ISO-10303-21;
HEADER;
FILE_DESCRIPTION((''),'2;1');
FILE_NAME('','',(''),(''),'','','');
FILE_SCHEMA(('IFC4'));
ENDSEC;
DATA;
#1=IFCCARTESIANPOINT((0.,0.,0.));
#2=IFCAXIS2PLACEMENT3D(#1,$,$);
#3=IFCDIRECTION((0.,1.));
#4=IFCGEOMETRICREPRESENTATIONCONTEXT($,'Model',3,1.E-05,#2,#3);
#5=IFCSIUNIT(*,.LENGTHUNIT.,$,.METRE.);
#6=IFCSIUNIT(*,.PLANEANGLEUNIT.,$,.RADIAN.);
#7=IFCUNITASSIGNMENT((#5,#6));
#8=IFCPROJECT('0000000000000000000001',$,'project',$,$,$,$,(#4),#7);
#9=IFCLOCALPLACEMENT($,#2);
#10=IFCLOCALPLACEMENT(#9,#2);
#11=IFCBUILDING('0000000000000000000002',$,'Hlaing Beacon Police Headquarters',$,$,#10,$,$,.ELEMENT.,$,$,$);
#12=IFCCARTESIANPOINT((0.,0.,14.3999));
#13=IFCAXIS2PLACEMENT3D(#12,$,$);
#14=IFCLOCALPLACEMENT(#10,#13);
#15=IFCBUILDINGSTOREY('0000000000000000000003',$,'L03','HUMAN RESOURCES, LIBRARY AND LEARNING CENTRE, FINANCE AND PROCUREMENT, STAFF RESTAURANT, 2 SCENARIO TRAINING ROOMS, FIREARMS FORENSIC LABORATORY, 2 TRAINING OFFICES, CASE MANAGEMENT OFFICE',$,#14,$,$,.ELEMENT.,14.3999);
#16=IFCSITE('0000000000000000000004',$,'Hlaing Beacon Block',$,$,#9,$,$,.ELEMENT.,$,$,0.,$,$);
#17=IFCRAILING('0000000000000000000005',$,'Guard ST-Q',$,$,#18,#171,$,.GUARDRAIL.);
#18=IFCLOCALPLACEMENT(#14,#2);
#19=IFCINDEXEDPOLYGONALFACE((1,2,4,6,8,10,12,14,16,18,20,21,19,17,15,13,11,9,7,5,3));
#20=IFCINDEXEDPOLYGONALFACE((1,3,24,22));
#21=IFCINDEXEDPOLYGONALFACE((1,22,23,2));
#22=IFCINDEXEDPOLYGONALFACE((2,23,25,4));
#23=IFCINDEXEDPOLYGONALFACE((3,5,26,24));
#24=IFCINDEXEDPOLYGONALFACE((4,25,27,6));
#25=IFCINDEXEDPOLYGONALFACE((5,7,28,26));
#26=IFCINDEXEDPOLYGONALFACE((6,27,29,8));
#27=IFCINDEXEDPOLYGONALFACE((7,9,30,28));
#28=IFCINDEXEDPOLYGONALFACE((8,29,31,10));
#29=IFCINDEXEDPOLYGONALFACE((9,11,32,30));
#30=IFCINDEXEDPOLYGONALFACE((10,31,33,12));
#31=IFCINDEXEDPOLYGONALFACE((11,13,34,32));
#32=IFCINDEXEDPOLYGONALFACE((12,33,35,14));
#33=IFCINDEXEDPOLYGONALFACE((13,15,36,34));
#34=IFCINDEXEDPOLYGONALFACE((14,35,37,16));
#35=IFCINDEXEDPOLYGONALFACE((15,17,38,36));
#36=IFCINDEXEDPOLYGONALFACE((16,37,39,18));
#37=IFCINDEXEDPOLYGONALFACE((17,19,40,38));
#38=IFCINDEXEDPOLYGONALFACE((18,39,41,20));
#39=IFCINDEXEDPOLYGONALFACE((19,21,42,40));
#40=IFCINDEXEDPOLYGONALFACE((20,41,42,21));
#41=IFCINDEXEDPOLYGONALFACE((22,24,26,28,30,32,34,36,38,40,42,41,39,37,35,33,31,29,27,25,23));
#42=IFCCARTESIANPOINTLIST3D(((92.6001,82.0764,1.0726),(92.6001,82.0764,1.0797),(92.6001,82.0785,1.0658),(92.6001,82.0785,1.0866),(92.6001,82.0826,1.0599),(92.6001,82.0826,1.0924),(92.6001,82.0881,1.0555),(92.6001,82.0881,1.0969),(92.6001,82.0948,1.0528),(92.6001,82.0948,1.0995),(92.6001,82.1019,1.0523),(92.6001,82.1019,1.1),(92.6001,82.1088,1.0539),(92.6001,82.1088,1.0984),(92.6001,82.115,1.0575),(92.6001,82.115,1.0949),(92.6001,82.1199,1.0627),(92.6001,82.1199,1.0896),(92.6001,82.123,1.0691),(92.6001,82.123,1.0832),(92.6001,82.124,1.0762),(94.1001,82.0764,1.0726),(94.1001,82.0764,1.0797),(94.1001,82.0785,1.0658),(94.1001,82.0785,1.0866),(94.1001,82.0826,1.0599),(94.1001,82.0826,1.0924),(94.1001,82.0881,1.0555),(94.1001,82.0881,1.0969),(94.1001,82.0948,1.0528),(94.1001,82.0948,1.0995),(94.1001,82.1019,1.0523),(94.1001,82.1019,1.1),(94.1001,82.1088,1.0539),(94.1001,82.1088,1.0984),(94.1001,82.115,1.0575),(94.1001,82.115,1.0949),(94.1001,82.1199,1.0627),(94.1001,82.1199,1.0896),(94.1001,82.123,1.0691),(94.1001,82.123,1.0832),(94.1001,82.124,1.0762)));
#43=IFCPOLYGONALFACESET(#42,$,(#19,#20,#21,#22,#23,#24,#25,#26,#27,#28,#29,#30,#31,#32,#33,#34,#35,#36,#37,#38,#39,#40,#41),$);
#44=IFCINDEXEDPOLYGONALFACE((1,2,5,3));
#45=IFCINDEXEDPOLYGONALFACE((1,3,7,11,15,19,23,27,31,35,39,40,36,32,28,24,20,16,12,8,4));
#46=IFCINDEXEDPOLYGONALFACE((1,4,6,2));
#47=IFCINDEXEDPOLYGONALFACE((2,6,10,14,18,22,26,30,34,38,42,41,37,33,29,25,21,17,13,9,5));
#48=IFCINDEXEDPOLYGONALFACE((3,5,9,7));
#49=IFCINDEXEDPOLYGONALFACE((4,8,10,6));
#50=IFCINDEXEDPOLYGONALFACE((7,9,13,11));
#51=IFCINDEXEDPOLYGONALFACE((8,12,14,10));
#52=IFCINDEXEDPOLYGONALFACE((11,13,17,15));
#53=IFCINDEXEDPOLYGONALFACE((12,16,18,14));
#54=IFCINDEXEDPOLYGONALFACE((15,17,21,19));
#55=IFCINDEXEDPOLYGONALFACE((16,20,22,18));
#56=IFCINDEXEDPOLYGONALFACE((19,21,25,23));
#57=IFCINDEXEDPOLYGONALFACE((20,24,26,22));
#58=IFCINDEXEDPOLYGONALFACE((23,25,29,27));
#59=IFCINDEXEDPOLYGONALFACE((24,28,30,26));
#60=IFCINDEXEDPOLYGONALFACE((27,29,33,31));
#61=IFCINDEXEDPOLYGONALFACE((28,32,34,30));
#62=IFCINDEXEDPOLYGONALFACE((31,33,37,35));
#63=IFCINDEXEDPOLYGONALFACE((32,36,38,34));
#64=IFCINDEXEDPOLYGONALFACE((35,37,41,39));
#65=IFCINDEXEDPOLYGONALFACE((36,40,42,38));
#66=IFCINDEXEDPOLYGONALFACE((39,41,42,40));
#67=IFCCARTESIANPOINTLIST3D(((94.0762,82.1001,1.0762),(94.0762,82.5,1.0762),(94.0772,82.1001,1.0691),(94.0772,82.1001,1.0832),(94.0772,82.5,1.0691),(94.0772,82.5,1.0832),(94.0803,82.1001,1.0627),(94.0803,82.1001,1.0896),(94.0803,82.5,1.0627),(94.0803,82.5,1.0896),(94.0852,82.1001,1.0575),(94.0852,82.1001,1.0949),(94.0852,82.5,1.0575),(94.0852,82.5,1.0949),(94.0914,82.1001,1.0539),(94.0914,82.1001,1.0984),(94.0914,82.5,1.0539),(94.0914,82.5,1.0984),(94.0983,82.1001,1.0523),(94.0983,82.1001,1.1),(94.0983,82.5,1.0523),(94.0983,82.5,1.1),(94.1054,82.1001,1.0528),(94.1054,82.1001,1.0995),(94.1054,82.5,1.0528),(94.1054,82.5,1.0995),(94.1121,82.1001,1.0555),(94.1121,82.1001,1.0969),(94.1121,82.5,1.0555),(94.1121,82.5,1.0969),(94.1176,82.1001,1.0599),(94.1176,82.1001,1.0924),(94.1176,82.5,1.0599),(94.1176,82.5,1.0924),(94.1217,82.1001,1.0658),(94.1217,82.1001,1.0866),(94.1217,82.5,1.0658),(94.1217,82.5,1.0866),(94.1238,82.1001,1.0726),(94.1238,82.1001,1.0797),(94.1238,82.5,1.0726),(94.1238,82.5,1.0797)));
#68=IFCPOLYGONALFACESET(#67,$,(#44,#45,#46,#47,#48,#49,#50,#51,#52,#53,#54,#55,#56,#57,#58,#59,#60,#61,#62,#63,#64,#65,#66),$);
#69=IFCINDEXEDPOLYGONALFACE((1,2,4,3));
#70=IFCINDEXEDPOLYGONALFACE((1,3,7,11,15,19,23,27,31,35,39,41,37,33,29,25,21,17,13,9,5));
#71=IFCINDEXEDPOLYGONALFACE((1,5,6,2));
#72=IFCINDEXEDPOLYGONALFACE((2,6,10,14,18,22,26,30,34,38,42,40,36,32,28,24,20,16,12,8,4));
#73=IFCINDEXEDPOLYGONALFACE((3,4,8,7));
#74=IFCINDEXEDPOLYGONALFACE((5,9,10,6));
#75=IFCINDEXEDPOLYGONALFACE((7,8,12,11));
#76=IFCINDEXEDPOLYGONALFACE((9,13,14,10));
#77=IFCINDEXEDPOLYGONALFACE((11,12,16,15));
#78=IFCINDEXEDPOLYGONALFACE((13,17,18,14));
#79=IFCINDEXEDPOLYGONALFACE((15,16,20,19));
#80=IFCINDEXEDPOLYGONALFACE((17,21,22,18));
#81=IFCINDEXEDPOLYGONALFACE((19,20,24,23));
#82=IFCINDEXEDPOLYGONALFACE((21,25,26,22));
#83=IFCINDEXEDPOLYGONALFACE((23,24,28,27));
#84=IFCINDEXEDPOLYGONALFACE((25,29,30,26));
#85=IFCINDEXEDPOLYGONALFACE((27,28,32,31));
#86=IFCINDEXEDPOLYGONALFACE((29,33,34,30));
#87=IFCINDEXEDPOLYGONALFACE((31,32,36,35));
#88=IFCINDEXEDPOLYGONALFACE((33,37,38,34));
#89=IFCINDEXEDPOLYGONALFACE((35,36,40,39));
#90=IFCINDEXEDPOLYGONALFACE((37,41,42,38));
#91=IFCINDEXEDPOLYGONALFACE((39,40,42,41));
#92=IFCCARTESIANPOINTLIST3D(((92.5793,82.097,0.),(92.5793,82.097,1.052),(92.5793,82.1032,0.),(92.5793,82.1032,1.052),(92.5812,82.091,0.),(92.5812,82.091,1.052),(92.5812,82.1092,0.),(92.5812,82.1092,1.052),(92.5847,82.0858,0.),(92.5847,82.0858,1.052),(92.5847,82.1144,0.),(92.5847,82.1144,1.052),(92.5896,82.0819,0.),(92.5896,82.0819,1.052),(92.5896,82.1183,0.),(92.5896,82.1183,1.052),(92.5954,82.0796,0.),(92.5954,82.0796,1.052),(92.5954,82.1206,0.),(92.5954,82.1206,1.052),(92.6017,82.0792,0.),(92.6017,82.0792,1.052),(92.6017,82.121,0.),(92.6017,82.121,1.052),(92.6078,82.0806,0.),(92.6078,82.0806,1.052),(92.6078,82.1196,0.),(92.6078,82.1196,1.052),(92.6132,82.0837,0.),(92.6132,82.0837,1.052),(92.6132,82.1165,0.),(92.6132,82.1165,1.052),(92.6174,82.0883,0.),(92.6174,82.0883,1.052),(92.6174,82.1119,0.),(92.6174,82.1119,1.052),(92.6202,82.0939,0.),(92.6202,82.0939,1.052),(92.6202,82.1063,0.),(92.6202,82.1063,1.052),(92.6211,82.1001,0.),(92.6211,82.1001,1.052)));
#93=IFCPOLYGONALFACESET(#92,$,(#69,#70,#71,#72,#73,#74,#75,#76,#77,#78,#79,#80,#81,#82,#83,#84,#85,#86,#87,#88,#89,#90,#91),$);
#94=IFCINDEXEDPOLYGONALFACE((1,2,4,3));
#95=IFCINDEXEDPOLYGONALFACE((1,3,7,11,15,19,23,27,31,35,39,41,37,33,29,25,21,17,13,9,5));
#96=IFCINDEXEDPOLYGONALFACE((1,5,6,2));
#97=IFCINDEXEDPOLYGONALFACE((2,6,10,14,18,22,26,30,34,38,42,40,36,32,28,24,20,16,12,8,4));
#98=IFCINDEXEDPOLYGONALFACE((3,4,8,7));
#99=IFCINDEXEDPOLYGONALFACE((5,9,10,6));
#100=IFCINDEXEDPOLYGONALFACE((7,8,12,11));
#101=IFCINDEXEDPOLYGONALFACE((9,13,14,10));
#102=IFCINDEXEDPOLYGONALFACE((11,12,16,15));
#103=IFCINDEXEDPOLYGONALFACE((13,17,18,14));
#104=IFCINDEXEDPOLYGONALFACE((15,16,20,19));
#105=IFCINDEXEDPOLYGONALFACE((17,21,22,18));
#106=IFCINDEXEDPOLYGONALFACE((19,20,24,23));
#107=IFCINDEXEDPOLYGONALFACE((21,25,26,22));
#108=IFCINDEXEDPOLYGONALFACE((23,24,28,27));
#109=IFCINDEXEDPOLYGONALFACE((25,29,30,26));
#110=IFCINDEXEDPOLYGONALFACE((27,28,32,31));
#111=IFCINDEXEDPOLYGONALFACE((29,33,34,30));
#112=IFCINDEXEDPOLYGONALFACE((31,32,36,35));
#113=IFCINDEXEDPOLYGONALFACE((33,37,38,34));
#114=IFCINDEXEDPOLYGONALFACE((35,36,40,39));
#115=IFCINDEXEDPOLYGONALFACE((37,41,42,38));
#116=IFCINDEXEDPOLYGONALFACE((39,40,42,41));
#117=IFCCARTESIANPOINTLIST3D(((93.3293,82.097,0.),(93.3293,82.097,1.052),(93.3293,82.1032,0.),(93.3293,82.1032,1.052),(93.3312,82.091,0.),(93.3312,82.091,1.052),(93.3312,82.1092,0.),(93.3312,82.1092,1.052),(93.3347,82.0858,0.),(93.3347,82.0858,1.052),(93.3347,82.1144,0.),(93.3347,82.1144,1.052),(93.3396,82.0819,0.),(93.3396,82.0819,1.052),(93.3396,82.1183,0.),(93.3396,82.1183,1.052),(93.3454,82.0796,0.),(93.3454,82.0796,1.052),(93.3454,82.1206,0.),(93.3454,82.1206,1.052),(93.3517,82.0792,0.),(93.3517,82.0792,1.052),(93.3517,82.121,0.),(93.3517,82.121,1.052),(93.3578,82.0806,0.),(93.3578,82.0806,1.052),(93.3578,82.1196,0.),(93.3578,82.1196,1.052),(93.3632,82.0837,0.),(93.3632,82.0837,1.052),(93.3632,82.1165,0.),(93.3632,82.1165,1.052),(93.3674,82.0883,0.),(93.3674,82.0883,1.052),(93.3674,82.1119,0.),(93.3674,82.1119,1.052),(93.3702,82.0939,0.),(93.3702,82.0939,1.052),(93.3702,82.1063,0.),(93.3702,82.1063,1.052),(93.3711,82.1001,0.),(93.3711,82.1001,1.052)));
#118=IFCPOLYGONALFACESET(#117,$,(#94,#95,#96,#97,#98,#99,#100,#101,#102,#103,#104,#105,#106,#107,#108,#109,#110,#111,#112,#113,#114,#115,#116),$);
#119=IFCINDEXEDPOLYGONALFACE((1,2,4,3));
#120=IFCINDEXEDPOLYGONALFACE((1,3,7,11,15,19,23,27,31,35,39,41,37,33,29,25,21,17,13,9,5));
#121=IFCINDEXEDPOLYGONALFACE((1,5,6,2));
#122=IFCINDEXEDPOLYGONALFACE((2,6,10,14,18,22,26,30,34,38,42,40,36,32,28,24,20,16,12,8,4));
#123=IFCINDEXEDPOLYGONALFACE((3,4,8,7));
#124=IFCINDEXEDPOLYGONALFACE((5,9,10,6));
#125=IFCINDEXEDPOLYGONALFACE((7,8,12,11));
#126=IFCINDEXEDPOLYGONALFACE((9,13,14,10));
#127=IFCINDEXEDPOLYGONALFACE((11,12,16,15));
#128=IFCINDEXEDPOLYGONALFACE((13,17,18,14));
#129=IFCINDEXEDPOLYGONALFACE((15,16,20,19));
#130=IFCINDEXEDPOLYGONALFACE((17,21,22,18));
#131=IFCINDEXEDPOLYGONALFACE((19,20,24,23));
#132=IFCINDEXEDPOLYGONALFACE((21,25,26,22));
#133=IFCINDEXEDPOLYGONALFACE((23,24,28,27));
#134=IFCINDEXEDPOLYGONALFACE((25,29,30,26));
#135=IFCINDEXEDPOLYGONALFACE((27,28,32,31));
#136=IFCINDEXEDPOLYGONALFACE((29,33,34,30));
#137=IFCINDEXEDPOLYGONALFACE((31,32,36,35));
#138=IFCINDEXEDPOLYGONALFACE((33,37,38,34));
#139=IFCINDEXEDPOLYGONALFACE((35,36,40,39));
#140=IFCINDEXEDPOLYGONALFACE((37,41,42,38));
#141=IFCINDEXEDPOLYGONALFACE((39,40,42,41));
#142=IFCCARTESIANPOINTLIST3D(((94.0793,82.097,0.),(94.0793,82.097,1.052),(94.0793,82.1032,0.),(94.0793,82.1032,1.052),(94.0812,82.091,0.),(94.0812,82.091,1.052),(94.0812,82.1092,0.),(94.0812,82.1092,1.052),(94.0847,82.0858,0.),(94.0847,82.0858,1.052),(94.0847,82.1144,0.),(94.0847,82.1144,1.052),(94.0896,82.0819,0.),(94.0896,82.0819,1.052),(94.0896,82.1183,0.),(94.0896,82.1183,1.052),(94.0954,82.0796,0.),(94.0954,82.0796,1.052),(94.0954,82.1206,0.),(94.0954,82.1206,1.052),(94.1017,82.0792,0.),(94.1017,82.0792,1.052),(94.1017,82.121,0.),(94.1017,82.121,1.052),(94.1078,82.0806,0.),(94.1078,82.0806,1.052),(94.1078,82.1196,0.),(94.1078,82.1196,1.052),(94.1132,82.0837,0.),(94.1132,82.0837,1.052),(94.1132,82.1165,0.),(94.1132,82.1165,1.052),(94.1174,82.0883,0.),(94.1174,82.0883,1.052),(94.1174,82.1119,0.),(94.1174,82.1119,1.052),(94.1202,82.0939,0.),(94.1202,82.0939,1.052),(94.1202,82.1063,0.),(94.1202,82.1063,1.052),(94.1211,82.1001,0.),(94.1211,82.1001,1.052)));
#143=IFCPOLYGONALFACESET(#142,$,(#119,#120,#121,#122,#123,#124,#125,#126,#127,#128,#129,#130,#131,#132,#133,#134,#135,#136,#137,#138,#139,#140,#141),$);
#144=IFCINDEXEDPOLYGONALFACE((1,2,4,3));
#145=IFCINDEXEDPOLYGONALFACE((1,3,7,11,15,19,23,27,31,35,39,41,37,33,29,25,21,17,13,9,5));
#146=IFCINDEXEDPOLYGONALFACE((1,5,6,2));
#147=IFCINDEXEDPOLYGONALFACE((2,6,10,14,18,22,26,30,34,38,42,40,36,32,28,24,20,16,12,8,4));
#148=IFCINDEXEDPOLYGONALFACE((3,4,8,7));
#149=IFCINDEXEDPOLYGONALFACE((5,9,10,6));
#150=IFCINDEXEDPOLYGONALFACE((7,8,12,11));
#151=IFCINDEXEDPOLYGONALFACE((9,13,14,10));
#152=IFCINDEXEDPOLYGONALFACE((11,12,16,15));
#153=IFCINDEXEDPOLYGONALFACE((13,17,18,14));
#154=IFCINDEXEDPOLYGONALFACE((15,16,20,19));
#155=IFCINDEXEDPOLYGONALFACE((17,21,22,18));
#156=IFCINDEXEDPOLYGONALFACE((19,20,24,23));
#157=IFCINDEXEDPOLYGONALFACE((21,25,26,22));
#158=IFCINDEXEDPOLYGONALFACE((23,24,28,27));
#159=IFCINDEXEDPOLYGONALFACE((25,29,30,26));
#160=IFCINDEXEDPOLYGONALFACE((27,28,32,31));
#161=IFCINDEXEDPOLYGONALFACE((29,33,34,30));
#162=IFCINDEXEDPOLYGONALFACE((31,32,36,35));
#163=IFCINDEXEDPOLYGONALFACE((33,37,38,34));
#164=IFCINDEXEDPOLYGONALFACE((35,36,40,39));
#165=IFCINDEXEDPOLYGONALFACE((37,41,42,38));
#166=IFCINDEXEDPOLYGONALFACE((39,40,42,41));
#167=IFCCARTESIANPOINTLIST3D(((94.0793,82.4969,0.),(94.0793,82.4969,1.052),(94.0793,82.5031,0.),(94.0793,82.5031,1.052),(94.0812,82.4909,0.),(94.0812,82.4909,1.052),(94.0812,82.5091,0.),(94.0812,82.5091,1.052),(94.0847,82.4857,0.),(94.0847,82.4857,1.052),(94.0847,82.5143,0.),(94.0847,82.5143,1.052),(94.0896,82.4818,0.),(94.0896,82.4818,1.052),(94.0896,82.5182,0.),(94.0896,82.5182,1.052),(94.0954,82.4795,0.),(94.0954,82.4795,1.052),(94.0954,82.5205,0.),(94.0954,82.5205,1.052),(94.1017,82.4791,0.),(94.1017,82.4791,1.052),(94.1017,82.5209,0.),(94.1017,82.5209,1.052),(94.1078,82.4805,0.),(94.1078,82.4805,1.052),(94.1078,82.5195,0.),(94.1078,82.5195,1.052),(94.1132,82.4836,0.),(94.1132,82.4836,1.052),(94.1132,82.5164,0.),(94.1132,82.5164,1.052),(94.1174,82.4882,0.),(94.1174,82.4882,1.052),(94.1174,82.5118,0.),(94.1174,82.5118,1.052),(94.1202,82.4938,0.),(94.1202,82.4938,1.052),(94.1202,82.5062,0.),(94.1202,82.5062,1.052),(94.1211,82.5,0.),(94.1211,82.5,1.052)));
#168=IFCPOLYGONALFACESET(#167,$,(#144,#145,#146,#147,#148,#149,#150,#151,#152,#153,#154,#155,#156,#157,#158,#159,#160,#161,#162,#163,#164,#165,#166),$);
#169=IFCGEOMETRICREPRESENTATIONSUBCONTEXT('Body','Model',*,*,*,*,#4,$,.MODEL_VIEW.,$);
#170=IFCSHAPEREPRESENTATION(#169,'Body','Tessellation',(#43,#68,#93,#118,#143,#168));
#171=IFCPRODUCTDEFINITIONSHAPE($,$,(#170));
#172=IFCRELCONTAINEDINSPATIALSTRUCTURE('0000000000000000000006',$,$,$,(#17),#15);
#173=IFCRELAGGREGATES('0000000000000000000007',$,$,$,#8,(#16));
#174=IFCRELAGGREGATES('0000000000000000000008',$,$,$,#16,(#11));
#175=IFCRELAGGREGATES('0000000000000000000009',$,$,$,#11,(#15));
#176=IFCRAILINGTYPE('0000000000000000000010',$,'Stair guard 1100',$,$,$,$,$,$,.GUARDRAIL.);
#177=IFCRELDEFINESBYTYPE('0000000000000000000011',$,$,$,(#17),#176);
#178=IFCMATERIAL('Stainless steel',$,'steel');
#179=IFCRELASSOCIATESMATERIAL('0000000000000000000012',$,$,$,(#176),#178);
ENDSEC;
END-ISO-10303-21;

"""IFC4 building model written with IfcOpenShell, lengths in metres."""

from ifc_helpers import new_model, si_unit, direction, frame, origin, origin_2d, place, context, subcontext, project, spatial, circle, extrude, material, type_object, element, save


model = new_model("IFC4")

# Units and contexts
model_context = context("Model", 3, precision=1e-05, world=origin(), true_north=direction((0.0, 1.0)))
body_context = subcontext(model_context, "Body", "Model", "MODEL_VIEW")
ifc_project = project(units=[si_unit("LENGTHUNIT", "METRE"), si_unit("PLANEANGLEUNIT", "RADIAN")], contexts=[model_context])

# Site, building, storey
site_placement = place(None, origin())
site = spatial("IfcSite", under=ifc_project, at=site_placement, Name="Hlaing Beacon Block", CompositionType="ELEMENT", RefElevation=0.0)
building_placement = place(site_placement, origin())
building = spatial("IfcBuilding", under=site, at=building_placement, Name="Hlaing Beacon Police Headquarters", CompositionType="ELEMENT")
storey_placement = place(building_placement, frame((0.0, 0.0, 14.3999)))
storey = spatial("IfcBuildingStorey", under=building, at=storey_placement, Name="L03", Description="HUMAN RESOURCES, LIBRARY AND LEARNING CENTRE, FINANCE AND PROCUREMENT, STAFF RESTAURANT, 2 SCENARIO TRAINING ROOMS, FIREARMS FORENSIC LABORATORY, 2 TRAINING OFFICES, CASE MANAGEMENT OFFICE", CompositionType="ELEMENT", Elevation=14.3999)

# Railing
ifc_material_1 = material(Name="Stainless steel", Category="steel")
railing_type_1 = type_object("IfcRailingType", Name="Stair guard 1100", PredefinedType="GUARDRAIL", material=ifc_material_1)
railing_1_placement = place(storey_placement, frame((92.6001, 82.1001, 0.0)))
element("IfcRailing", 1, at=railing_1_placement, inside=storey, type_object=railing_type_1, Name="Guard ST-Q", PredefinedType="GUARDRAIL", context=body_context, shape_type="SweptSolid", body=[
    extrude(circle(Radius=0.0239, at=origin_2d()), frame((0.0, 0.0, 1.0762), z_axis=(1.0, 0.0, 0.0), x_axis=(0.0, 1.0, 0.0)), (0.0, 0.0, 1.0), 1.5),
    extrude(circle(Radius=0.0239, at=origin_2d()), frame((1.5, 0.0, 1.0762), z_axis=(0.0, 1.0, 0.0), x_axis=(-1.0, 0.0, 0.0)), (0.0, 0.0, 1.0), 0.3999),
    extrude(circle(Radius=0.021, at=origin_2d()), origin(), (0.0, 0.0, 1.0), 1.052),
    extrude(circle(Radius=0.021, at=origin_2d()), frame((0.75, 0.0, 0.0)), (0.0, 0.0, 1.0), 1.052),
    extrude(circle(Radius=0.021, at=origin_2d()), frame((1.5, 0.0, 0.0)), (0.0, 0.0, 1.0), 1.052),
    extrude(circle(Radius=0.021, at=origin_2d()), frame((1.5, 0.3999, 0.0)), (0.0, 0.0, 1.0), 1.052),
])

save(model, "model.ifc")
